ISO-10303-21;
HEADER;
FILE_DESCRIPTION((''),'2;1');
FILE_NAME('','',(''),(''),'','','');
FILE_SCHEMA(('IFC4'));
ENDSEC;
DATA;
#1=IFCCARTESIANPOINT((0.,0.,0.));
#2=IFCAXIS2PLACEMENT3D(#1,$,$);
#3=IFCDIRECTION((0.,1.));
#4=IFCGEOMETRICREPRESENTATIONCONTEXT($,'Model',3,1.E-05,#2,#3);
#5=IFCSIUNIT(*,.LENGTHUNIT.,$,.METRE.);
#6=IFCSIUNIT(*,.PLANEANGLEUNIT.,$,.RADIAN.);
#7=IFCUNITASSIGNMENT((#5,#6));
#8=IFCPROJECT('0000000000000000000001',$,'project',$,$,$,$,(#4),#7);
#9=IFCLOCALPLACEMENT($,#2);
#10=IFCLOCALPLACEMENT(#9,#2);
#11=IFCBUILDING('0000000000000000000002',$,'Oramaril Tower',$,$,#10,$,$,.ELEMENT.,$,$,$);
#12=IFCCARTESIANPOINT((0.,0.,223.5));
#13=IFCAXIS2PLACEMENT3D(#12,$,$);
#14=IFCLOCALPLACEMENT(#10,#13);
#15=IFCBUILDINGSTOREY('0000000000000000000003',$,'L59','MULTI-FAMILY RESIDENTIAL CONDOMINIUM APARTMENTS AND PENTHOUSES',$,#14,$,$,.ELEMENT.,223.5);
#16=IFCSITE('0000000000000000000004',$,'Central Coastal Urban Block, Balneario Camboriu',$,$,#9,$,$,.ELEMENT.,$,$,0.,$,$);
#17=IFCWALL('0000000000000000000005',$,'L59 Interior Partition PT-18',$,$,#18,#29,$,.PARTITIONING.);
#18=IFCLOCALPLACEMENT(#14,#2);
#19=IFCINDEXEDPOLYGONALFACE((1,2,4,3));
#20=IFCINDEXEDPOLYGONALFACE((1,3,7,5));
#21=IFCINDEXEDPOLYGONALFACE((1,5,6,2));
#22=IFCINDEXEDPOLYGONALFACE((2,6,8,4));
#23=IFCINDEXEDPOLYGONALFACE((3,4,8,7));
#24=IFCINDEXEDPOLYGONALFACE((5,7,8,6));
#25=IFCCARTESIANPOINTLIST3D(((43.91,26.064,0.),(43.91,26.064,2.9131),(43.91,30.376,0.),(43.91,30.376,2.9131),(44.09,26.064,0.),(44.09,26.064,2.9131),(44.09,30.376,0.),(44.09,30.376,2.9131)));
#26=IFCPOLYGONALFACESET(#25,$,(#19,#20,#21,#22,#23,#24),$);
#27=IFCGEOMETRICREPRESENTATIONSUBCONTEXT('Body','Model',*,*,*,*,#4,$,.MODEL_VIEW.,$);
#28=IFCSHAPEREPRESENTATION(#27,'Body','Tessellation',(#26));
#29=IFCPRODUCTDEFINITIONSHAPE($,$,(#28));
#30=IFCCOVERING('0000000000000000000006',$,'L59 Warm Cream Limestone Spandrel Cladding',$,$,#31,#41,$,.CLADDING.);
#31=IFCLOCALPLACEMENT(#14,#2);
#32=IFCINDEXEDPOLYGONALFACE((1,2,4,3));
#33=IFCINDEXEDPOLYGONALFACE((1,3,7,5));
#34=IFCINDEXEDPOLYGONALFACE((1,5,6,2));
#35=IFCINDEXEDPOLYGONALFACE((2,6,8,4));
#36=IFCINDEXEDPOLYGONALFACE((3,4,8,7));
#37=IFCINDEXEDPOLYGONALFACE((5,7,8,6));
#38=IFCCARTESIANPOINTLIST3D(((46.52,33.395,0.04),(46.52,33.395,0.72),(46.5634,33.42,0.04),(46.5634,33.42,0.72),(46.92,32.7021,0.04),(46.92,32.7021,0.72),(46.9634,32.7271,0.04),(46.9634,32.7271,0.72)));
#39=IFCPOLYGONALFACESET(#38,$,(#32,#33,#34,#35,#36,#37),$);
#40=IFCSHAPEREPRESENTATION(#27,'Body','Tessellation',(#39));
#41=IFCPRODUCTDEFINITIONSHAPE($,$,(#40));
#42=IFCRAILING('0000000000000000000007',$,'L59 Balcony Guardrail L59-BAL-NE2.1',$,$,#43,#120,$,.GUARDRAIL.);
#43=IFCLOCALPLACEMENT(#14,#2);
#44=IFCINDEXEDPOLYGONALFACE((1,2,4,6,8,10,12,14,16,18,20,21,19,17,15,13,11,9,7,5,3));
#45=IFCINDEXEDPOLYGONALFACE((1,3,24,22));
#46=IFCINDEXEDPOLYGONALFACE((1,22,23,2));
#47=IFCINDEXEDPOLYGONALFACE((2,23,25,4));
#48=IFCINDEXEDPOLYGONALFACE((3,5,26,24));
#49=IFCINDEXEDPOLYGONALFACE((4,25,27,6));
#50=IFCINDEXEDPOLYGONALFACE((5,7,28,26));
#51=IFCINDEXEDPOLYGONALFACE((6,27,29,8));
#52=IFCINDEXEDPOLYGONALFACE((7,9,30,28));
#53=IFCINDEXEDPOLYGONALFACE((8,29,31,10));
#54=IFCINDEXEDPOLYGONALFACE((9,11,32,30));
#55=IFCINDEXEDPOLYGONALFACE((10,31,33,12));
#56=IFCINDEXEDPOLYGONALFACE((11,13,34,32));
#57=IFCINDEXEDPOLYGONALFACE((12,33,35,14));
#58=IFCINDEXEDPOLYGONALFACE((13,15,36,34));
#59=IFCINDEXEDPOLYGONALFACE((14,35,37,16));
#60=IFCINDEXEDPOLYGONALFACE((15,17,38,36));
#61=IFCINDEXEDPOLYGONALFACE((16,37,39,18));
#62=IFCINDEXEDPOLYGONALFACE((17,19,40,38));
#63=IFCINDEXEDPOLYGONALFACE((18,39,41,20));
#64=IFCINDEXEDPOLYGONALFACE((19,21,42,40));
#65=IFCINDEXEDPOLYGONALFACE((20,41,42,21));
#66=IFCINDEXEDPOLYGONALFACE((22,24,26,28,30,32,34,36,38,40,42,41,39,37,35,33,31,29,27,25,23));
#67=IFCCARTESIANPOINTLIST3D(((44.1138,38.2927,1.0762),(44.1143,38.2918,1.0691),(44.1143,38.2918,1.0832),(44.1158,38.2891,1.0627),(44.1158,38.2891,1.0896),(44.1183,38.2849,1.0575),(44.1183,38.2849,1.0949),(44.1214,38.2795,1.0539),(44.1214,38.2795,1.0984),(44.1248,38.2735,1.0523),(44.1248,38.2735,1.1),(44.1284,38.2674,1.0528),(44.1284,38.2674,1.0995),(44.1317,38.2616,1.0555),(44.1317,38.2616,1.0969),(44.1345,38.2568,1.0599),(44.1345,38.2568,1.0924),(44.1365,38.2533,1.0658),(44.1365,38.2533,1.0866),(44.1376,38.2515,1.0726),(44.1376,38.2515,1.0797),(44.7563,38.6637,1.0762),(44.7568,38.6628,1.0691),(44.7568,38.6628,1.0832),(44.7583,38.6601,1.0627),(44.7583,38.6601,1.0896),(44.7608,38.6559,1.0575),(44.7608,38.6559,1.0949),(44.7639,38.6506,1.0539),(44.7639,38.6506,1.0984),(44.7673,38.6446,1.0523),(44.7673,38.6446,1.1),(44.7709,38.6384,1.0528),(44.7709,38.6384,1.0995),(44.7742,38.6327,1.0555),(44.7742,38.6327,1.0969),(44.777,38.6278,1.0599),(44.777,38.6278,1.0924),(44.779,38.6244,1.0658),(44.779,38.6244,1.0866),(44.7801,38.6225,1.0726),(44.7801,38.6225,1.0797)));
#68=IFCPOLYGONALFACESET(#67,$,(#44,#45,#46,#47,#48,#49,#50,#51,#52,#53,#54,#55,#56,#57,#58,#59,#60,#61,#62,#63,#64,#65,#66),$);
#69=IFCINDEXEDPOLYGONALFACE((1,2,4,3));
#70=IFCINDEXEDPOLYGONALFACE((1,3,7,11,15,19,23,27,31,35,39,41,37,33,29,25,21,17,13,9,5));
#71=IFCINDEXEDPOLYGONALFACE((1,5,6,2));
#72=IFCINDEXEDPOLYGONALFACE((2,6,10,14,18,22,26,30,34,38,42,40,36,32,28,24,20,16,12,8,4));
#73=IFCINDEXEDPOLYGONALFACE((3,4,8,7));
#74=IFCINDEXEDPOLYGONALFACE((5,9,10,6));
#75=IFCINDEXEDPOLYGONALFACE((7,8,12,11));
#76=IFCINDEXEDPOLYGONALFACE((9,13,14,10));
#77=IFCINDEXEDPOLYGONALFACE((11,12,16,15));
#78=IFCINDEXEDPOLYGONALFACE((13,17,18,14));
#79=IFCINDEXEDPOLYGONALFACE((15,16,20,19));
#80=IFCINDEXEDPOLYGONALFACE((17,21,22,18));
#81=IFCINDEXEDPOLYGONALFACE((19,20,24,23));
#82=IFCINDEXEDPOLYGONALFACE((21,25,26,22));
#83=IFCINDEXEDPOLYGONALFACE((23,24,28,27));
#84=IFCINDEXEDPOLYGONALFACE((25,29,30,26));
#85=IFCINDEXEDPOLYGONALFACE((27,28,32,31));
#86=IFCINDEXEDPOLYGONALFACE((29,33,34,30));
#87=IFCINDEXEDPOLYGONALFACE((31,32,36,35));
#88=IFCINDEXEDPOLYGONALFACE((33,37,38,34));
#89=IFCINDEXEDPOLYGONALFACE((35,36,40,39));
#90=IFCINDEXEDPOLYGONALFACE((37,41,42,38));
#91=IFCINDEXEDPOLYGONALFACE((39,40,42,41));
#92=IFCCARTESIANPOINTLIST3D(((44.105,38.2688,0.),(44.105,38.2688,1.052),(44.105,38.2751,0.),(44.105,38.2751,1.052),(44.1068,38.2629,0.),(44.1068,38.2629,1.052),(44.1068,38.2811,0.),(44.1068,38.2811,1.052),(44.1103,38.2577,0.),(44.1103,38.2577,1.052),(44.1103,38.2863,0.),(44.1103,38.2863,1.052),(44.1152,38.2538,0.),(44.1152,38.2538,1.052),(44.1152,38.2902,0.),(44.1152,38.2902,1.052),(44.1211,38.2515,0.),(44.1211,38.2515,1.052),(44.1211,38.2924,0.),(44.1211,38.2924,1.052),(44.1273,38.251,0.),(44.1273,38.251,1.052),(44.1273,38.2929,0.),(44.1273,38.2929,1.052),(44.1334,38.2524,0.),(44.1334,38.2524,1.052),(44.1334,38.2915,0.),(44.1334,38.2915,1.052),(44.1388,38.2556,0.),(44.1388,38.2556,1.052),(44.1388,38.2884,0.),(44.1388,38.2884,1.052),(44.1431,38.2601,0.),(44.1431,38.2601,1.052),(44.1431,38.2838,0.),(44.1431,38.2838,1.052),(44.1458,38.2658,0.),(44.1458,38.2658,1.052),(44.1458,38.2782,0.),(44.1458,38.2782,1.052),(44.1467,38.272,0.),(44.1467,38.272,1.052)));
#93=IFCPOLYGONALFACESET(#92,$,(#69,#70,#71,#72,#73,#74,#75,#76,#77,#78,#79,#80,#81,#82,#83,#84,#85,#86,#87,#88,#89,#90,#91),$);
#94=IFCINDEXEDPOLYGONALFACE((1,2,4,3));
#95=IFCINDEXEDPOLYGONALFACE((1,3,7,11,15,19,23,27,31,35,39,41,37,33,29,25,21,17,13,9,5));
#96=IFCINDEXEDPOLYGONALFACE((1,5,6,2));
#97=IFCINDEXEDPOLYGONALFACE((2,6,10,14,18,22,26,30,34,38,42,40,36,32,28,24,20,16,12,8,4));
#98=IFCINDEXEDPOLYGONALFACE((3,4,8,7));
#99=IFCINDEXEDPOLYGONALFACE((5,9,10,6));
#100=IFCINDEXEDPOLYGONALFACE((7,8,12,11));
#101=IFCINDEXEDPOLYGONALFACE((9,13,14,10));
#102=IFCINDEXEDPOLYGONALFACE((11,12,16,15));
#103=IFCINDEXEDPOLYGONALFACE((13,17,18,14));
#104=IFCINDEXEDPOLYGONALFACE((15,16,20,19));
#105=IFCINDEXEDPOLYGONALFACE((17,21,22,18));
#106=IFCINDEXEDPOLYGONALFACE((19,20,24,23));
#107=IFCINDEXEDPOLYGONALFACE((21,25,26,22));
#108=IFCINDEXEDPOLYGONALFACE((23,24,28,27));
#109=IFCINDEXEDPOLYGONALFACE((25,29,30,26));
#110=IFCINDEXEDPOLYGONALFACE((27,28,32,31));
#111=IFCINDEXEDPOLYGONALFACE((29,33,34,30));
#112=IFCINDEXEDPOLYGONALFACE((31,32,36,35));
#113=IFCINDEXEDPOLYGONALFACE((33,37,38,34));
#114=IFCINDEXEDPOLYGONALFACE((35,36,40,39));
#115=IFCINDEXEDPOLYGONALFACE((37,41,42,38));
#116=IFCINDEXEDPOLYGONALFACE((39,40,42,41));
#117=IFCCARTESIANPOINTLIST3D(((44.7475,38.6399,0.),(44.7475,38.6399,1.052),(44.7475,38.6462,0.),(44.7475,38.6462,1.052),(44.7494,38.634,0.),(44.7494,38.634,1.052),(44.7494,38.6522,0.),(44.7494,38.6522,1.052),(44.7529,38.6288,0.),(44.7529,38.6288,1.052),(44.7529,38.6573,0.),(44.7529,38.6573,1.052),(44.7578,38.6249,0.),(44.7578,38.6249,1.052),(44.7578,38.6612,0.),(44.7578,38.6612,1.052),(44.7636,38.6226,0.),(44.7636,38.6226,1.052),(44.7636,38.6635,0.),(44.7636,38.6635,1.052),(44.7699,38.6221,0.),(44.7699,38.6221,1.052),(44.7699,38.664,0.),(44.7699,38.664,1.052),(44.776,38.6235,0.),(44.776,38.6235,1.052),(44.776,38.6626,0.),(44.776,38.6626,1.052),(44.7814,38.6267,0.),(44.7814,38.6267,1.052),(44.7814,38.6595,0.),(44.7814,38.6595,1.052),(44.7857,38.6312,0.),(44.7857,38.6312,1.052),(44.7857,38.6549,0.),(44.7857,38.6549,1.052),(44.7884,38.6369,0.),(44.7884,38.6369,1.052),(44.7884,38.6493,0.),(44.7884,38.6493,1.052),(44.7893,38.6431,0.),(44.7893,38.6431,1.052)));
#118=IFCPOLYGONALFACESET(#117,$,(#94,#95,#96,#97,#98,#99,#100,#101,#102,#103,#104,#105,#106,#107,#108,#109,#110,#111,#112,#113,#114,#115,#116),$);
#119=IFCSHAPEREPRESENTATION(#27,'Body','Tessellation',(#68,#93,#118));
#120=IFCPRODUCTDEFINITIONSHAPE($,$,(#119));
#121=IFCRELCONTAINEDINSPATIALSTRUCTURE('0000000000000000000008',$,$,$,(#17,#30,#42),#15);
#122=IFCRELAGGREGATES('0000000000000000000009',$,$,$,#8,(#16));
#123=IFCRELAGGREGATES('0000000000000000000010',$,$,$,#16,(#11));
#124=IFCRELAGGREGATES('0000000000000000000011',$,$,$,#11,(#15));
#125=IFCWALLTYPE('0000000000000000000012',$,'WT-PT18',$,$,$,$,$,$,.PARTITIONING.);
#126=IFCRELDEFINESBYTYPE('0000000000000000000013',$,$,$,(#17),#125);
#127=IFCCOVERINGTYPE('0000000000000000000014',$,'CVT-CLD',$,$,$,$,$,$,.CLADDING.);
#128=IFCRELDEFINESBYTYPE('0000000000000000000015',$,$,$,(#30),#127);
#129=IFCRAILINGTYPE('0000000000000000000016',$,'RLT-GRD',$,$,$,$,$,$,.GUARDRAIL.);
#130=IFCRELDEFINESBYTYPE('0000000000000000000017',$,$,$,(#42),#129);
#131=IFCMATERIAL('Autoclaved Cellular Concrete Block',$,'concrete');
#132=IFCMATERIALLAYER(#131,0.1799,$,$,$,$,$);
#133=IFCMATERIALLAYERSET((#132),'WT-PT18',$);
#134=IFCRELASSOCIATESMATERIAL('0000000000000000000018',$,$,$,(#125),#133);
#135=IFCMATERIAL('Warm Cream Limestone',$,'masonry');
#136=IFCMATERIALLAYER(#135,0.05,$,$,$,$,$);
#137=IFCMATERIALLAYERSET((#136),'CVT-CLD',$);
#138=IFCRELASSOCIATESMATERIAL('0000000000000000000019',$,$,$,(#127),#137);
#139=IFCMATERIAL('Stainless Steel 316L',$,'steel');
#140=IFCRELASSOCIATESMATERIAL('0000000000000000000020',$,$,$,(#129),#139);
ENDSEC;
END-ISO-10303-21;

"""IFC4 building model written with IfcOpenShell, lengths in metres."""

from ifc_helpers import new_model, si_unit, direction, frame, frame_2d, origin, origin_2d, place, context, subcontext, project, spatial, rectangle, circle, extrude, material, layer, layer_set, type_object, element, save


model = new_model("IFC4")

# Units and contexts
model_context = context("Model", 3, precision=1e-05, world=origin(), true_north=direction((0.0, 1.0)))
body_context = subcontext(model_context, "Body", "Model", "MODEL_VIEW")
ifc_project = project(units=[si_unit("LENGTHUNIT", "METRE"), si_unit("PLANEANGLEUNIT", "RADIAN")], contexts=[model_context])

# Site, building, storey
site_placement = place(None, origin())
site = spatial("IfcSite", under=ifc_project, at=site_placement, Name="Central Coastal Urban Block, Balneario Camboriu", CompositionType="ELEMENT", RefElevation=0.0)
building_placement = place(site_placement, origin())
building = spatial("IfcBuilding", under=site, at=building_placement, Name="Oramaril Tower", CompositionType="ELEMENT")
storey_placement = place(building_placement, frame((0.0, 0.0, 223.5)))
storey = spatial("IfcBuildingStorey", under=building, at=storey_placement, Name="L59", Description="MULTI-FAMILY RESIDENTIAL CONDOMINIUM APARTMENTS AND PENTHOUSES", CompositionType="ELEMENT", Elevation=223.5)

# Wall
ifc_material_1 = material(Name="Autoclaved Cellular Concrete Block", Category="concrete")
ifc_layer_1 = layer(ifc_material_1, 0.1799)
ifc_layer_set_1 = layer_set([ifc_layer_1], Name="WT-PT18")
wall_type_1 = type_object("IfcWallType", Name="WT-PT18", PredefinedType="PARTITIONING", material=ifc_layer_set_1)
wall_1_placement = place(storey_placement, frame((44.0, 26.064, 0.0), z_axis=(0.0, 0.0, 1.0), x_axis=(0.0, 1.0, 0.0)))
element("IfcWall", 1, at=wall_1_placement, inside=storey, type_object=wall_type_1, Name="L59 Interior Partition PT-18", PredefinedType="PARTITIONING", context=body_context, shape_type="SweptSolid", body=[
    extrude(rectangle(XDim=4.312, YDim=0.1799, at=frame_2d((2.156, 0.0))), origin(), (0.0, 0.0, 1.0), 2.9131),
])

# Covering
ifc_material_2 = material(Name="Warm Cream Limestone", Category="masonry")
ifc_layer_2 = layer(ifc_material_2, 0.05)
ifc_layer_set_2 = layer_set([ifc_layer_2], Name="CVT-CLD")
covering_type = type_object("IfcCoveringType", Name="CVT-CLD", PredefinedType="CLADDING", material=ifc_layer_set_2)
covering_placement = place(storey_placement, frame((46.7417, 33.061, 0.04), z_axis=(0.0, 0.0, 1.0), x_axis=(-0.5, 0.866025, 0.0)))
element("IfcCovering", 2, at=covering_placement, inside=storey, type_object=covering_type, Name="L59 Warm Cream Limestone Spandrel Cladding", PredefinedType="CLADDING", context=body_context, shape_type="SweptSolid", body=[
    extrude(rectangle(XDim=0.8, YDim=0.05, at=origin_2d()), origin(), (0.0, 0.0, 1.0), 0.6799),
])

# Railing
ifc_material_3 = material(Name="Stainless Steel 316L", Category="steel")
railing_type = type_object("IfcRailingType", Name="RLT-GRD", PredefinedType="GUARDRAIL", material=ifc_material_3)
railing_1_placement = place(storey_placement, frame((44.1257, 38.272, 0.0)))
element("IfcRailing", 3, at=railing_1_placement, inside=storey, type_object=railing_type, Name="L59 Balcony Guardrail L59-BAL-NE2.1", PredefinedType="GUARDRAIL", context=body_context, shape_type="SweptSolid", body=[
    extrude(circle(Radius=0.0239, at=origin_2d()), frame((0.0, 0.0, 1.0762), z_axis=(0.865966, 0.500102, 0.0), x_axis=(-0.500102, 0.865966, 0.0)), (0.0, 0.0, 1.0), 0.7419),
    extrude(circle(Radius=0.021, at=origin_2d()), origin(), (0.0, 0.0, 1.0), 1.052),
    extrude(circle(Radius=0.021, at=origin_2d()), frame((0.6426, 0.3711, 0.0)), (0.0, 0.0, 1.0), 1.052),
])

save(model, "model.ifc")
